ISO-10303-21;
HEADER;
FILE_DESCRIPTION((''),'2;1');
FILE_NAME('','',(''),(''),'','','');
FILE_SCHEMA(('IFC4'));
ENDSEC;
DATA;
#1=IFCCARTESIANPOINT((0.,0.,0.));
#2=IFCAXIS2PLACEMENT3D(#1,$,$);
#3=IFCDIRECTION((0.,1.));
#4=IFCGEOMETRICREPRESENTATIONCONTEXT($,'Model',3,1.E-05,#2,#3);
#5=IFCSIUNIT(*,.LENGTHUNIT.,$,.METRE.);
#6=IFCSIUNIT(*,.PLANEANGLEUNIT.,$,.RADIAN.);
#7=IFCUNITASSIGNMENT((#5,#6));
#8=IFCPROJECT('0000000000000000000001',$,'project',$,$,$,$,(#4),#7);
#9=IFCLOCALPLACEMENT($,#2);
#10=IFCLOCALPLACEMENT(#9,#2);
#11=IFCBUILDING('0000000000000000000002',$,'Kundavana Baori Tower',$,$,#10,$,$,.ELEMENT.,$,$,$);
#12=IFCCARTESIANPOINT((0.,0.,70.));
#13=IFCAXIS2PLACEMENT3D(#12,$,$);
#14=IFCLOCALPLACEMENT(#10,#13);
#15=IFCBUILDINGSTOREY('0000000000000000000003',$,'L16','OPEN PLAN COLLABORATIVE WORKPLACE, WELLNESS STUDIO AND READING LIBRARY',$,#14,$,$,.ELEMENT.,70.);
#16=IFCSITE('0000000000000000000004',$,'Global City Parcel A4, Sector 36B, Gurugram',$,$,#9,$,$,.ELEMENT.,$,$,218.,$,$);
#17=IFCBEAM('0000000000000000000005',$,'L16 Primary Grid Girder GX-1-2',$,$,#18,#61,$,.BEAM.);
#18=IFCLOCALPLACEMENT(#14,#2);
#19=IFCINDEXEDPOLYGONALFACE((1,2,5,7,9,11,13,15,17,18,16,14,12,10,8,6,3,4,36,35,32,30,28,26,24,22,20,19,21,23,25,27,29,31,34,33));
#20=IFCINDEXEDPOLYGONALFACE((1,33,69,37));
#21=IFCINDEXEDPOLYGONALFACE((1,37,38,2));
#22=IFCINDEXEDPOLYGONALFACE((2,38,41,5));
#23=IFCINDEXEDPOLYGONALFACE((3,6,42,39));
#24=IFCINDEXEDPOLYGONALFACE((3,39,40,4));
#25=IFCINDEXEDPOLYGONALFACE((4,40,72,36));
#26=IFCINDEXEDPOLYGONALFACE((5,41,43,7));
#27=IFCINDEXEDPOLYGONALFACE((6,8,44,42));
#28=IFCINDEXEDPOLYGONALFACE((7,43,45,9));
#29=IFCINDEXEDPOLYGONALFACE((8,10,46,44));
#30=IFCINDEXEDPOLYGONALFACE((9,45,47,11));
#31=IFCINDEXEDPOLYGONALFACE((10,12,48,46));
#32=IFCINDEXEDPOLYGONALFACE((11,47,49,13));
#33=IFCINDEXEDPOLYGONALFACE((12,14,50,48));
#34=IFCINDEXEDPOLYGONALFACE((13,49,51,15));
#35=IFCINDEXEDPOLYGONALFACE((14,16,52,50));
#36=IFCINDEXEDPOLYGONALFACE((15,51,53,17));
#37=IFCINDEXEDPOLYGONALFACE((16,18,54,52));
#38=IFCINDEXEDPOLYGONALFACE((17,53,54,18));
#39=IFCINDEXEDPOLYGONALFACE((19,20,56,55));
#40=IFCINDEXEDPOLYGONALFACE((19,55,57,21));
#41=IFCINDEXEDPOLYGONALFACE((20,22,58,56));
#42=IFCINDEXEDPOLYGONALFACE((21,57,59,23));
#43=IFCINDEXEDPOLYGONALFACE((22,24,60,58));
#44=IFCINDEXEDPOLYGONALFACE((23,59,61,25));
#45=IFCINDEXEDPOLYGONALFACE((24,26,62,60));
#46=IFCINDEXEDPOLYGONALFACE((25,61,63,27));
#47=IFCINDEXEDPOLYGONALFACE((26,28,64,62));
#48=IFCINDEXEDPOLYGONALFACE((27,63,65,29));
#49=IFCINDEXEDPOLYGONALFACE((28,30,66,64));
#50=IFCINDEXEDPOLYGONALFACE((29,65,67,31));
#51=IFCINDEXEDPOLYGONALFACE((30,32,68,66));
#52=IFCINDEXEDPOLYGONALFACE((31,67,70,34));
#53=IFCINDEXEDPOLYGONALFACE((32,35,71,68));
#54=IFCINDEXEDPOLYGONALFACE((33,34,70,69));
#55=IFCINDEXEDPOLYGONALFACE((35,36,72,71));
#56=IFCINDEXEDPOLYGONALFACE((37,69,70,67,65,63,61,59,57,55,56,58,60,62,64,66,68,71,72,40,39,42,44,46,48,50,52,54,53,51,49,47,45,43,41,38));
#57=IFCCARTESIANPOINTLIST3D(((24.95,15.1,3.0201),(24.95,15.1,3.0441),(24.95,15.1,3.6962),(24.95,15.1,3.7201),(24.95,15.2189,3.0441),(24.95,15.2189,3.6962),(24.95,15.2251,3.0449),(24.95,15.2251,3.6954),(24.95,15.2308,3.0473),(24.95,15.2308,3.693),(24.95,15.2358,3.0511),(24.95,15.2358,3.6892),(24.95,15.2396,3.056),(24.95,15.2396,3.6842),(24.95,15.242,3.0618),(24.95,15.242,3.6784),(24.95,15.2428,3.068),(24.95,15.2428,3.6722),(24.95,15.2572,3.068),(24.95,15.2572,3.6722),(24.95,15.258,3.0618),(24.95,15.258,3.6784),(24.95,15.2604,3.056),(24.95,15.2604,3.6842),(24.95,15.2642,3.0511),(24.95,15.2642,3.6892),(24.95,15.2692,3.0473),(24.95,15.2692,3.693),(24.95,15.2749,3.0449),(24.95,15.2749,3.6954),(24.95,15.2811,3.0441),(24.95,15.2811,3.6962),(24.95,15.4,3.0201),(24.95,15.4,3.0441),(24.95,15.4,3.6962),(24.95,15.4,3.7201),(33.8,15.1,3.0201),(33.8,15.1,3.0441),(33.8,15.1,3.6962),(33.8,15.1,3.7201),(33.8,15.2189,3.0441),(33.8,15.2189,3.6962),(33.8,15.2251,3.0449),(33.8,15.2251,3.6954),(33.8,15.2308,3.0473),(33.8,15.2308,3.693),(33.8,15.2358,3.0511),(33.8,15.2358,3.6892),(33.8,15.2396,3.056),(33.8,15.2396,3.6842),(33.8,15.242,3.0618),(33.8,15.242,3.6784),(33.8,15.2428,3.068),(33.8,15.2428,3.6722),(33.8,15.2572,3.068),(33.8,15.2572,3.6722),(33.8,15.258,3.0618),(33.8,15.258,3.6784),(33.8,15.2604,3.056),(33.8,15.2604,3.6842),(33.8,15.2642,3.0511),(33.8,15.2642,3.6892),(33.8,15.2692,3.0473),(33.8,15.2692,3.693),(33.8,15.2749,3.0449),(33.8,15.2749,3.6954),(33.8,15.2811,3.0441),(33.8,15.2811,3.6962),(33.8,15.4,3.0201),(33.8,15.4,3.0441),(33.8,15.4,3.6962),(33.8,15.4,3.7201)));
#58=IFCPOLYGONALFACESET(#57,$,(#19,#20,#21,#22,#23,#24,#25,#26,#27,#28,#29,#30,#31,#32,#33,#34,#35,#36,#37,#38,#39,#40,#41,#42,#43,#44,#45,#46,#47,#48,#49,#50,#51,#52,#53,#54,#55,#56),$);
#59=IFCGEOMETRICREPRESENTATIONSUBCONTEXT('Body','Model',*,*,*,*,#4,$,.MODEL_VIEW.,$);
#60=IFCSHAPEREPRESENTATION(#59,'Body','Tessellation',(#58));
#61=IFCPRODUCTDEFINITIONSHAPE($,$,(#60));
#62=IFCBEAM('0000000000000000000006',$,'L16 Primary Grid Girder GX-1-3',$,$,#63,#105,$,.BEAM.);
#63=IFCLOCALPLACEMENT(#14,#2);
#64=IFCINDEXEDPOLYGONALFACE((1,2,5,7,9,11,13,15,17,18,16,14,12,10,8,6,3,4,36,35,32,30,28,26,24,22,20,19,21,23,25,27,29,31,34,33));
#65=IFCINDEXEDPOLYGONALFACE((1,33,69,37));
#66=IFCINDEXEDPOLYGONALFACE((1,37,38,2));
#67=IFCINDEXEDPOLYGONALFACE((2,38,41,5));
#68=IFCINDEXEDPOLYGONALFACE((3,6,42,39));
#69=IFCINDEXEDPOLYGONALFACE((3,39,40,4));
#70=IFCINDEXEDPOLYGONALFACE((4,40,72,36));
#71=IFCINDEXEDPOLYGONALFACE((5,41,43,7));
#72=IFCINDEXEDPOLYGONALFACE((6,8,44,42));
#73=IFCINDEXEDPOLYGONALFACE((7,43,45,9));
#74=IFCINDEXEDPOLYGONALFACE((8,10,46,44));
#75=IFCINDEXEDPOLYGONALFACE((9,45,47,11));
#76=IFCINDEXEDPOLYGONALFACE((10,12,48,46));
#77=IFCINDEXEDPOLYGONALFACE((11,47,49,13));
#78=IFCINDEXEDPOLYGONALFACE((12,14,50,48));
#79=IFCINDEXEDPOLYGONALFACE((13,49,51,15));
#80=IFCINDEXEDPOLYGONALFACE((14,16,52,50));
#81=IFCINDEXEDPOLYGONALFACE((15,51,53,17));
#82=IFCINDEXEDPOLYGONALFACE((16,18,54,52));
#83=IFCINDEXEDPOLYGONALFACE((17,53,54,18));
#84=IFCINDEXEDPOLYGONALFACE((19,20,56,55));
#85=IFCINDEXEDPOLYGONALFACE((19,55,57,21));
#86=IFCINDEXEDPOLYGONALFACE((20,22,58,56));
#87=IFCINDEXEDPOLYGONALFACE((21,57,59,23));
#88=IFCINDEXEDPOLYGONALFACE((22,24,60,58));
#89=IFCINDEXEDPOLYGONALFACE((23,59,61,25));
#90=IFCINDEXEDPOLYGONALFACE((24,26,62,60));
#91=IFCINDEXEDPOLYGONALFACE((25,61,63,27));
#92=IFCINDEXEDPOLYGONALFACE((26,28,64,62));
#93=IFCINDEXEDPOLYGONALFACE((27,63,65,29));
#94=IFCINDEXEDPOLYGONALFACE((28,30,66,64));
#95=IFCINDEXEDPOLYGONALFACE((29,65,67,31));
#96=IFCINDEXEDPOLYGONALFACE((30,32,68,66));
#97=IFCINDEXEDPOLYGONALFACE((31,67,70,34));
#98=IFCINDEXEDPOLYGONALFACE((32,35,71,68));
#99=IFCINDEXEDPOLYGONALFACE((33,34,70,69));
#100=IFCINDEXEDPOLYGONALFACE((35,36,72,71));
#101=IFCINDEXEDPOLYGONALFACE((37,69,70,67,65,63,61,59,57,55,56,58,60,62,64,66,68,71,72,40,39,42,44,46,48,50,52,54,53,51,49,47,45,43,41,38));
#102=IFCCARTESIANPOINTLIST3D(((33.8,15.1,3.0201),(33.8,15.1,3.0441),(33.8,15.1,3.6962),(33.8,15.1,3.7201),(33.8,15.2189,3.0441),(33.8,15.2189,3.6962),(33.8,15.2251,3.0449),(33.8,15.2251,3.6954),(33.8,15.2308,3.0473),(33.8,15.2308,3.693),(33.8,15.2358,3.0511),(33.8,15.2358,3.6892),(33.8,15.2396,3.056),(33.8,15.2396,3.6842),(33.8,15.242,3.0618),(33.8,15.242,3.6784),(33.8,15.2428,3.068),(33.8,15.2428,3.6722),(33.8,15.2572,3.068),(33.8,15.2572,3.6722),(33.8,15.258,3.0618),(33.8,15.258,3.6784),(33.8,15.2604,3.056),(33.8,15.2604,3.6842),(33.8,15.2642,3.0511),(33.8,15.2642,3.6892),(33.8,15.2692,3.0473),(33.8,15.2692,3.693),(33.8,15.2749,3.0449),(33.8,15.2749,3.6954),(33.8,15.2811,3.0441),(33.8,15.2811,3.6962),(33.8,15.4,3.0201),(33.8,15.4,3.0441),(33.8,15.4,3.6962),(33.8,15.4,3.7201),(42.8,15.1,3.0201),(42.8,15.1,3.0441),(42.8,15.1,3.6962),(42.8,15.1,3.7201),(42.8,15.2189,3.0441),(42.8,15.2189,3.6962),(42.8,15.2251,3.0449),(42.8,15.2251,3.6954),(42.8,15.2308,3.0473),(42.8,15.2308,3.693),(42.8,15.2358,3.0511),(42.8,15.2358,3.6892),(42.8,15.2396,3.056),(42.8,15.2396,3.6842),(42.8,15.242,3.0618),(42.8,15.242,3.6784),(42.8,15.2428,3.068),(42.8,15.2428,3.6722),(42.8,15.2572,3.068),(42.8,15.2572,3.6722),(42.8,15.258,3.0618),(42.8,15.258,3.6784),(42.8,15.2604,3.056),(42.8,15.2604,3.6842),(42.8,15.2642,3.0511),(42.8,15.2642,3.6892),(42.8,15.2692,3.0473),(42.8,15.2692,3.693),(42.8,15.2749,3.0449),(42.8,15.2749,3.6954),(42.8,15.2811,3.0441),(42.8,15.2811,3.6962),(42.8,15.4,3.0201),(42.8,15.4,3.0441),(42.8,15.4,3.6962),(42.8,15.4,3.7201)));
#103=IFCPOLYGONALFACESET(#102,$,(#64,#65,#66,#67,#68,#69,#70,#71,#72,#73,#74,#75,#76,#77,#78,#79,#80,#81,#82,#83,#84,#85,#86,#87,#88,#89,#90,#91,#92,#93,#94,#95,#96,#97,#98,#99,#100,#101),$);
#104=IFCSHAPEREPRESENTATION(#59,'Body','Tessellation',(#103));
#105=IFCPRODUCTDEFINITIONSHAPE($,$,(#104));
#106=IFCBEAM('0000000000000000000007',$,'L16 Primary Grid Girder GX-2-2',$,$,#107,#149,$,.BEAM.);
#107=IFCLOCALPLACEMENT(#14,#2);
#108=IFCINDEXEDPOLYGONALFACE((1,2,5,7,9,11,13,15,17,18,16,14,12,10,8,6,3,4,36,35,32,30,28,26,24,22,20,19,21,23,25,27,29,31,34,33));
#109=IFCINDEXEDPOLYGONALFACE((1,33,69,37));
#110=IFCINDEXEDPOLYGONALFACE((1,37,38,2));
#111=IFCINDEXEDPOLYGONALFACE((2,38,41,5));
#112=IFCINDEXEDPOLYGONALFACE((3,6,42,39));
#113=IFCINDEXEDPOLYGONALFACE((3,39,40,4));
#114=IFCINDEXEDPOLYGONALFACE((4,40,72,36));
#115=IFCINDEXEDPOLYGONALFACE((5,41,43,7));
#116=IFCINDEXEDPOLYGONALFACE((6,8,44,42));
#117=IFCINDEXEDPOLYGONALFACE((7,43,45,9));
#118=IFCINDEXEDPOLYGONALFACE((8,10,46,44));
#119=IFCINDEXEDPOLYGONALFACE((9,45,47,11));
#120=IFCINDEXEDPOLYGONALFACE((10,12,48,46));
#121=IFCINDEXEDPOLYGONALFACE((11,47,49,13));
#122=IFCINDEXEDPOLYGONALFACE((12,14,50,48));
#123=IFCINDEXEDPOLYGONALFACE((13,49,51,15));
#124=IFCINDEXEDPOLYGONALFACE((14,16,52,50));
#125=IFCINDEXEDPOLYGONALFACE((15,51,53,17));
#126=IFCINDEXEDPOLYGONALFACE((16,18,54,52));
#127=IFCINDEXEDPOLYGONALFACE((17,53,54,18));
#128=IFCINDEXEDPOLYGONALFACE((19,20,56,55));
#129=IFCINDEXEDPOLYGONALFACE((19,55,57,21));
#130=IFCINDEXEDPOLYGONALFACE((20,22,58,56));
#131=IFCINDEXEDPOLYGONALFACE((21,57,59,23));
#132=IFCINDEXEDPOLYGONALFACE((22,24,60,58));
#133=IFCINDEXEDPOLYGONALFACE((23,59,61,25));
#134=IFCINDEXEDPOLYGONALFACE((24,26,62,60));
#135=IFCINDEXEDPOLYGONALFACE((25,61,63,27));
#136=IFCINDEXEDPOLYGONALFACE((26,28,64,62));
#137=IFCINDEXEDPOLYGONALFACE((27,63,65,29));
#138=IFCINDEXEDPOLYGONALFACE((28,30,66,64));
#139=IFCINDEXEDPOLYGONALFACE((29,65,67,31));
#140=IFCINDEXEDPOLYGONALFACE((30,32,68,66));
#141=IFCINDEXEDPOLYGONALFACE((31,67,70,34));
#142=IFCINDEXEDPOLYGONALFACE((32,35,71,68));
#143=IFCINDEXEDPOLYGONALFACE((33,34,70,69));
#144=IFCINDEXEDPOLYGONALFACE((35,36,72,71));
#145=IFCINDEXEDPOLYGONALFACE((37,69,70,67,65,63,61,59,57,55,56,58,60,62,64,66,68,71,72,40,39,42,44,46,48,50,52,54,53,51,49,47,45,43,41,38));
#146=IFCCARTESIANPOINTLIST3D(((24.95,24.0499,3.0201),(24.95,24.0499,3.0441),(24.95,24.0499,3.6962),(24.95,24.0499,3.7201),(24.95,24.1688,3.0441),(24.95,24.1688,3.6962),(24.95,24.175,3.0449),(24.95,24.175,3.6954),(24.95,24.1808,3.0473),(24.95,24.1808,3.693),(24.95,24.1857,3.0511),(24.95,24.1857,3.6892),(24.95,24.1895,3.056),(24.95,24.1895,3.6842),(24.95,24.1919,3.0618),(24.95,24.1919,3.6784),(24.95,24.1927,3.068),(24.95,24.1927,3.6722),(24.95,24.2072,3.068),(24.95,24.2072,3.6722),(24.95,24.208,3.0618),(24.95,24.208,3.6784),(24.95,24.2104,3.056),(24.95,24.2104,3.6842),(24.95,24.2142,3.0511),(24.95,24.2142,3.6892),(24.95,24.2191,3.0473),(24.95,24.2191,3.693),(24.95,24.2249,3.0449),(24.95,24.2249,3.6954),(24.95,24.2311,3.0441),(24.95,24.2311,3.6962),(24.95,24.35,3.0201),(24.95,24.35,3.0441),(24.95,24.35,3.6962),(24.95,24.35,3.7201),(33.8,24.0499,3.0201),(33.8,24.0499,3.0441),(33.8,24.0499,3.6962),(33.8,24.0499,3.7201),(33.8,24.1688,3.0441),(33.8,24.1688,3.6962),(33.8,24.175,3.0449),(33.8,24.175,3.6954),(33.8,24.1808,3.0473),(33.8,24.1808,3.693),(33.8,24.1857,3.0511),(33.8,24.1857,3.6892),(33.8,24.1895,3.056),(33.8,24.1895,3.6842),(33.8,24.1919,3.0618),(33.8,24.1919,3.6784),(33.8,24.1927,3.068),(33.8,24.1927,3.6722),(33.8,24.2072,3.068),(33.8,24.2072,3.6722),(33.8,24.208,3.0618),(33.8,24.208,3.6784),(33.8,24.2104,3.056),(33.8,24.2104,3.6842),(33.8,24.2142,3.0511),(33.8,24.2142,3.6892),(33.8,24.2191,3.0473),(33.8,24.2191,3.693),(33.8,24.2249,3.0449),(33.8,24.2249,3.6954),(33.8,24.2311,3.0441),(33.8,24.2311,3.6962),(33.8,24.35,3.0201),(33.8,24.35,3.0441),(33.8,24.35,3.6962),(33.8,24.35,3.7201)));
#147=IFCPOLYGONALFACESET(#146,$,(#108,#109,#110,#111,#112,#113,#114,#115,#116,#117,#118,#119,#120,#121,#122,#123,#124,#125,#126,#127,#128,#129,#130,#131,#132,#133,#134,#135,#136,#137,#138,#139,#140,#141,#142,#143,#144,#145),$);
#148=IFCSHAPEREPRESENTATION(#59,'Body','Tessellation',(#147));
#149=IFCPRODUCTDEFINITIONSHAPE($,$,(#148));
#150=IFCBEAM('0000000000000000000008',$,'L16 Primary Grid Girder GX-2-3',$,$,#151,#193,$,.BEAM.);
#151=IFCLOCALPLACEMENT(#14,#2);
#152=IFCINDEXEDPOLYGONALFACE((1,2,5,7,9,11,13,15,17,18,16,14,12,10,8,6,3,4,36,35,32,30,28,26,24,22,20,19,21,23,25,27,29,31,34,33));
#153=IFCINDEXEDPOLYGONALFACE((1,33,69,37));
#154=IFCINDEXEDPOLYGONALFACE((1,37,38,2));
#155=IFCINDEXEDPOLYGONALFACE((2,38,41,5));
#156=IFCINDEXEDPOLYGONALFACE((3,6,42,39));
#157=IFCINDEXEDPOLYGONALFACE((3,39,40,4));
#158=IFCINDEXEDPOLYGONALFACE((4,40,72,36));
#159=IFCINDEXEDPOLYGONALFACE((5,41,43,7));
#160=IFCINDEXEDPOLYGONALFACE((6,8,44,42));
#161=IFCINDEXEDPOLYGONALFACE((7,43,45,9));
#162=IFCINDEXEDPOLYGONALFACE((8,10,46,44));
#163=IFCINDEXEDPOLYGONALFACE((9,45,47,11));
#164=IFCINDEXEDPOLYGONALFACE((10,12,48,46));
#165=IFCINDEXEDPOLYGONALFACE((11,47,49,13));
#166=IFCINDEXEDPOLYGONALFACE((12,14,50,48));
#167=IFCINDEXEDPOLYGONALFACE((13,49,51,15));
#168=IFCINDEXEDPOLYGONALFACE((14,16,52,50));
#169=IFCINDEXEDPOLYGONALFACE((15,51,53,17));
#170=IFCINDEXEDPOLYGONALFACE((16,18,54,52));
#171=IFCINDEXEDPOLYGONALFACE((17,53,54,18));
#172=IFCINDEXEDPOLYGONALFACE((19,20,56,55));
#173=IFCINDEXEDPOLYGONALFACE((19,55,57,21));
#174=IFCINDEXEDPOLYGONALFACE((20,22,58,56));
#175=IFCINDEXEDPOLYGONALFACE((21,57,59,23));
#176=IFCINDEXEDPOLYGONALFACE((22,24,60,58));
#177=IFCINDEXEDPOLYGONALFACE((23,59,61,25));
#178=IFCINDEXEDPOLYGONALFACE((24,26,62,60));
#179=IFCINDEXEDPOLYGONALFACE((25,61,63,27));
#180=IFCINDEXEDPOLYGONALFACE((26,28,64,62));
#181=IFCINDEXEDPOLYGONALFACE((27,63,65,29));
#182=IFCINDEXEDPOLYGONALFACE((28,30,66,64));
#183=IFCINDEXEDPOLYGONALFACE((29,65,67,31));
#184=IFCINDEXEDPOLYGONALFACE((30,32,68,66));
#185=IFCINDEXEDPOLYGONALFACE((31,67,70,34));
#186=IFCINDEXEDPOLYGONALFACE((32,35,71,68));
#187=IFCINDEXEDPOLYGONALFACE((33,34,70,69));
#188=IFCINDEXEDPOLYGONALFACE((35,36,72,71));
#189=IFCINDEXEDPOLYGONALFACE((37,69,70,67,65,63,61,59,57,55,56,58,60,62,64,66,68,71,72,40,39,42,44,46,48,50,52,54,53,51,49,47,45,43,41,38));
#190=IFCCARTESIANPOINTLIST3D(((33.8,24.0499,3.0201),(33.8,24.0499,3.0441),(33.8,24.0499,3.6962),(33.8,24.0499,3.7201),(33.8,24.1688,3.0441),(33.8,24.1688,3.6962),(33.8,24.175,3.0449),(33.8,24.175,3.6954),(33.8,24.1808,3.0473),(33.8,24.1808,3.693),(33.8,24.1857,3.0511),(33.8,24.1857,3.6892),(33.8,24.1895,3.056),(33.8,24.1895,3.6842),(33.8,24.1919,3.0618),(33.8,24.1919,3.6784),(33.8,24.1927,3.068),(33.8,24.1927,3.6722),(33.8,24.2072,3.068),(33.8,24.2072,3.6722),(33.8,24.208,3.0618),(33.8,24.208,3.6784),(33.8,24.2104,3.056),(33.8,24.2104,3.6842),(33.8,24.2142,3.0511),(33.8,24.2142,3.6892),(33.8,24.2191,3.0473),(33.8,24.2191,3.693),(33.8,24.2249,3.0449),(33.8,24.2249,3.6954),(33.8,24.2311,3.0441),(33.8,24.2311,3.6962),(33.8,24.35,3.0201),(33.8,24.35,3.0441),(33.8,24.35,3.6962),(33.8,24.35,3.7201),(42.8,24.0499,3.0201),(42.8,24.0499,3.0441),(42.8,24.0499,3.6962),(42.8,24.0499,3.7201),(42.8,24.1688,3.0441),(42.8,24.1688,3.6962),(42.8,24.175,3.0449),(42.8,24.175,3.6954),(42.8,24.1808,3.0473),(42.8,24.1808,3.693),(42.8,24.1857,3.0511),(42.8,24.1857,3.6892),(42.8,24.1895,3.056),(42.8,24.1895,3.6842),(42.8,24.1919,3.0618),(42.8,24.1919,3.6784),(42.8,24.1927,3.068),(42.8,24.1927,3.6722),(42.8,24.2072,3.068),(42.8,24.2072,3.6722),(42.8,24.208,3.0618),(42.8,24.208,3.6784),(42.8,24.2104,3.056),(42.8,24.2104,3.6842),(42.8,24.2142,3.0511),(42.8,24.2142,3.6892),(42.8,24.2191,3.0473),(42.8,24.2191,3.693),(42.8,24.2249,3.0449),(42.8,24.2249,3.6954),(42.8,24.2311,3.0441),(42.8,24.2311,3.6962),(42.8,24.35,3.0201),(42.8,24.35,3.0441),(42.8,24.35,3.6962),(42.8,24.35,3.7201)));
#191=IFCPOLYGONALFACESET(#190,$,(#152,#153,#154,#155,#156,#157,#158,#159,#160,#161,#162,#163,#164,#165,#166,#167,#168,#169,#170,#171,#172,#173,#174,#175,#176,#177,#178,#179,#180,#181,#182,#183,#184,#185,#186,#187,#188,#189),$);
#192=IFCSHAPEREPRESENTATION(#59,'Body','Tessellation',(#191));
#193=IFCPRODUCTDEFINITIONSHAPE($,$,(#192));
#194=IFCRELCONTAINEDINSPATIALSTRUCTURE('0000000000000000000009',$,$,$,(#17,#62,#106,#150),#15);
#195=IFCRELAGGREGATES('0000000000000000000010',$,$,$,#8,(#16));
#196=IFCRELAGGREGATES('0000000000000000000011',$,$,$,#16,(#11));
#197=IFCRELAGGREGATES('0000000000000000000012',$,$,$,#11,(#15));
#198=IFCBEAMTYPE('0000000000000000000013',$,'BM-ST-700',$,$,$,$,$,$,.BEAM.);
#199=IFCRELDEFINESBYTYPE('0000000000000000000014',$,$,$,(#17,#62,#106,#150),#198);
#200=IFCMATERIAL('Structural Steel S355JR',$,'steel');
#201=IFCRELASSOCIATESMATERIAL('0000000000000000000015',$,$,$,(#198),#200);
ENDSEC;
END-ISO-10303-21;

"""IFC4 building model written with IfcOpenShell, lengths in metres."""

from ifc_helpers import new_model, si_unit, direction, frame, origin, origin_2d, place, context, subcontext, project, spatial, i_section, extrude, material, material_profile, profile_set, type_object, element, save


model = new_model("IFC4")

# Units and contexts
model_context = context("Model", 3, precision=1e-05, world=origin(), true_north=direction((0.0, 1.0)))
body_context = subcontext(model_context, "Body", "Model", "MODEL_VIEW")
ifc_project = project(units=[si_unit("LENGTHUNIT", "METRE"), si_unit("PLANEANGLEUNIT", "RADIAN")], contexts=[model_context])

# Site, building, storey
site_placement = place(None, origin())
site = spatial("IfcSite", under=ifc_project, at=site_placement, Name="Global City Parcel A4, Sector 36B, Gurugram", CompositionType="ELEMENT", RefElevation=218.0)
building_placement = place(site_placement, origin())
building = spatial("IfcBuilding", under=site, at=building_placement, Name="Kundavana Baori Tower", CompositionType="ELEMENT")
storey_placement = place(building_placement, frame((0.0, 0.0, 70.0)))
storey = spatial("IfcBuildingStorey", under=building, at=storey_placement, Name="L16", Description="OPEN PLAN COLLABORATIVE WORKPLACE, WELLNESS STUDIO AND READING LIBRARY", CompositionType="ELEMENT", Elevation=70.0)

# Beams
ifc_material_1 = material(Name="Structural Steel S355JR", Category="steel")
ifc_material_profile_1 = material_profile(ifc_material_1, i_section(OverallWidth=0.3, OverallDepth=0.7, WebThickness=0.0144, FlangeThickness=0.0239, FilletRadius=0.0239, at=origin_2d()), Name="NPB 700x300x170")
ifc_profile_set_1 = profile_set([ifc_material_profile_1], Name="Structural Steel S355JR")
beam_type_1 = type_object("IfcBeamType", Name="BM-ST-700", PredefinedType="BEAM", material=ifc_profile_set_1)
beam_1_placement = place(storey_placement, frame((24.95, 15.25, 3.3701), z_axis=(1.0, 0.0, 0.0), x_axis=(0.0, 1.0, 0.0)))
element("IfcBeam", 1, at=beam_1_placement, inside=storey, type_object=beam_type_1, Name="L16 Primary Grid Girder GX-1-2", PredefinedType="BEAM", context=body_context, shape_type="SweptSolid", body=[
    extrude(i_section(OverallWidth=0.3, OverallDepth=0.7, WebThickness=0.0144, FlangeThickness=0.0239, FilletRadius=0.0239, at=origin_2d()), origin(), (0.0, 0.0, 1.0), 8.8501),
])
beam_2_placement = place(storey_placement, frame((33.8, 15.25, 3.3701), z_axis=(1.0, 0.0, 0.0), x_axis=(0.0, 1.0, 0.0)))
element("IfcBeam", 2, at=beam_2_placement, inside=storey, type_object=beam_type_1, Name="L16 Primary Grid Girder GX-1-3", PredefinedType="BEAM", context=body_context, shape_type="SweptSolid", body=[
    extrude(i_section(OverallWidth=0.3, OverallDepth=0.7, WebThickness=0.0144, FlangeThickness=0.0239, FilletRadius=0.0239, at=origin_2d()), origin(), (0.0, 0.0, 1.0), 9.0),
])
beam_3_placement = place(storey_placement, frame((24.95, 24.2, 3.3701), z_axis=(1.0, 0.0, 0.0), x_axis=(0.0, 1.0, 0.0)))
element("IfcBeam", 3, at=beam_3_placement, inside=storey, type_object=beam_type_1, Name="L16 Primary Grid Girder GX-2-2", PredefinedType="BEAM", context=body_context, shape_type="SweptSolid", body=[
    extrude(i_section(OverallWidth=0.3, OverallDepth=0.7, WebThickness=0.0144, FlangeThickness=0.0239, FilletRadius=0.0239, at=origin_2d()), origin(), (0.0, 0.0, 1.0), 8.8501),
])
beam_4_placement = place(storey_placement, frame((33.8, 24.2, 3.3701), z_axis=(1.0, 0.0, 0.0), x_axis=(0.0, 1.0, 0.0)))
element("IfcBeam", 4, at=beam_4_placement, inside=storey, type_object=beam_type_1, Name="L16 Primary Grid Girder GX-2-3", PredefinedType="BEAM", context=body_context, shape_type="SweptSolid", body=[
    extrude(i_section(OverallWidth=0.3, OverallDepth=0.7, WebThickness=0.0144, FlangeThickness=0.0239, FilletRadius=0.0239, at=origin_2d()), origin(), (0.0, 0.0, 1.0), 9.0),
])

save(model, "model.ifc")
